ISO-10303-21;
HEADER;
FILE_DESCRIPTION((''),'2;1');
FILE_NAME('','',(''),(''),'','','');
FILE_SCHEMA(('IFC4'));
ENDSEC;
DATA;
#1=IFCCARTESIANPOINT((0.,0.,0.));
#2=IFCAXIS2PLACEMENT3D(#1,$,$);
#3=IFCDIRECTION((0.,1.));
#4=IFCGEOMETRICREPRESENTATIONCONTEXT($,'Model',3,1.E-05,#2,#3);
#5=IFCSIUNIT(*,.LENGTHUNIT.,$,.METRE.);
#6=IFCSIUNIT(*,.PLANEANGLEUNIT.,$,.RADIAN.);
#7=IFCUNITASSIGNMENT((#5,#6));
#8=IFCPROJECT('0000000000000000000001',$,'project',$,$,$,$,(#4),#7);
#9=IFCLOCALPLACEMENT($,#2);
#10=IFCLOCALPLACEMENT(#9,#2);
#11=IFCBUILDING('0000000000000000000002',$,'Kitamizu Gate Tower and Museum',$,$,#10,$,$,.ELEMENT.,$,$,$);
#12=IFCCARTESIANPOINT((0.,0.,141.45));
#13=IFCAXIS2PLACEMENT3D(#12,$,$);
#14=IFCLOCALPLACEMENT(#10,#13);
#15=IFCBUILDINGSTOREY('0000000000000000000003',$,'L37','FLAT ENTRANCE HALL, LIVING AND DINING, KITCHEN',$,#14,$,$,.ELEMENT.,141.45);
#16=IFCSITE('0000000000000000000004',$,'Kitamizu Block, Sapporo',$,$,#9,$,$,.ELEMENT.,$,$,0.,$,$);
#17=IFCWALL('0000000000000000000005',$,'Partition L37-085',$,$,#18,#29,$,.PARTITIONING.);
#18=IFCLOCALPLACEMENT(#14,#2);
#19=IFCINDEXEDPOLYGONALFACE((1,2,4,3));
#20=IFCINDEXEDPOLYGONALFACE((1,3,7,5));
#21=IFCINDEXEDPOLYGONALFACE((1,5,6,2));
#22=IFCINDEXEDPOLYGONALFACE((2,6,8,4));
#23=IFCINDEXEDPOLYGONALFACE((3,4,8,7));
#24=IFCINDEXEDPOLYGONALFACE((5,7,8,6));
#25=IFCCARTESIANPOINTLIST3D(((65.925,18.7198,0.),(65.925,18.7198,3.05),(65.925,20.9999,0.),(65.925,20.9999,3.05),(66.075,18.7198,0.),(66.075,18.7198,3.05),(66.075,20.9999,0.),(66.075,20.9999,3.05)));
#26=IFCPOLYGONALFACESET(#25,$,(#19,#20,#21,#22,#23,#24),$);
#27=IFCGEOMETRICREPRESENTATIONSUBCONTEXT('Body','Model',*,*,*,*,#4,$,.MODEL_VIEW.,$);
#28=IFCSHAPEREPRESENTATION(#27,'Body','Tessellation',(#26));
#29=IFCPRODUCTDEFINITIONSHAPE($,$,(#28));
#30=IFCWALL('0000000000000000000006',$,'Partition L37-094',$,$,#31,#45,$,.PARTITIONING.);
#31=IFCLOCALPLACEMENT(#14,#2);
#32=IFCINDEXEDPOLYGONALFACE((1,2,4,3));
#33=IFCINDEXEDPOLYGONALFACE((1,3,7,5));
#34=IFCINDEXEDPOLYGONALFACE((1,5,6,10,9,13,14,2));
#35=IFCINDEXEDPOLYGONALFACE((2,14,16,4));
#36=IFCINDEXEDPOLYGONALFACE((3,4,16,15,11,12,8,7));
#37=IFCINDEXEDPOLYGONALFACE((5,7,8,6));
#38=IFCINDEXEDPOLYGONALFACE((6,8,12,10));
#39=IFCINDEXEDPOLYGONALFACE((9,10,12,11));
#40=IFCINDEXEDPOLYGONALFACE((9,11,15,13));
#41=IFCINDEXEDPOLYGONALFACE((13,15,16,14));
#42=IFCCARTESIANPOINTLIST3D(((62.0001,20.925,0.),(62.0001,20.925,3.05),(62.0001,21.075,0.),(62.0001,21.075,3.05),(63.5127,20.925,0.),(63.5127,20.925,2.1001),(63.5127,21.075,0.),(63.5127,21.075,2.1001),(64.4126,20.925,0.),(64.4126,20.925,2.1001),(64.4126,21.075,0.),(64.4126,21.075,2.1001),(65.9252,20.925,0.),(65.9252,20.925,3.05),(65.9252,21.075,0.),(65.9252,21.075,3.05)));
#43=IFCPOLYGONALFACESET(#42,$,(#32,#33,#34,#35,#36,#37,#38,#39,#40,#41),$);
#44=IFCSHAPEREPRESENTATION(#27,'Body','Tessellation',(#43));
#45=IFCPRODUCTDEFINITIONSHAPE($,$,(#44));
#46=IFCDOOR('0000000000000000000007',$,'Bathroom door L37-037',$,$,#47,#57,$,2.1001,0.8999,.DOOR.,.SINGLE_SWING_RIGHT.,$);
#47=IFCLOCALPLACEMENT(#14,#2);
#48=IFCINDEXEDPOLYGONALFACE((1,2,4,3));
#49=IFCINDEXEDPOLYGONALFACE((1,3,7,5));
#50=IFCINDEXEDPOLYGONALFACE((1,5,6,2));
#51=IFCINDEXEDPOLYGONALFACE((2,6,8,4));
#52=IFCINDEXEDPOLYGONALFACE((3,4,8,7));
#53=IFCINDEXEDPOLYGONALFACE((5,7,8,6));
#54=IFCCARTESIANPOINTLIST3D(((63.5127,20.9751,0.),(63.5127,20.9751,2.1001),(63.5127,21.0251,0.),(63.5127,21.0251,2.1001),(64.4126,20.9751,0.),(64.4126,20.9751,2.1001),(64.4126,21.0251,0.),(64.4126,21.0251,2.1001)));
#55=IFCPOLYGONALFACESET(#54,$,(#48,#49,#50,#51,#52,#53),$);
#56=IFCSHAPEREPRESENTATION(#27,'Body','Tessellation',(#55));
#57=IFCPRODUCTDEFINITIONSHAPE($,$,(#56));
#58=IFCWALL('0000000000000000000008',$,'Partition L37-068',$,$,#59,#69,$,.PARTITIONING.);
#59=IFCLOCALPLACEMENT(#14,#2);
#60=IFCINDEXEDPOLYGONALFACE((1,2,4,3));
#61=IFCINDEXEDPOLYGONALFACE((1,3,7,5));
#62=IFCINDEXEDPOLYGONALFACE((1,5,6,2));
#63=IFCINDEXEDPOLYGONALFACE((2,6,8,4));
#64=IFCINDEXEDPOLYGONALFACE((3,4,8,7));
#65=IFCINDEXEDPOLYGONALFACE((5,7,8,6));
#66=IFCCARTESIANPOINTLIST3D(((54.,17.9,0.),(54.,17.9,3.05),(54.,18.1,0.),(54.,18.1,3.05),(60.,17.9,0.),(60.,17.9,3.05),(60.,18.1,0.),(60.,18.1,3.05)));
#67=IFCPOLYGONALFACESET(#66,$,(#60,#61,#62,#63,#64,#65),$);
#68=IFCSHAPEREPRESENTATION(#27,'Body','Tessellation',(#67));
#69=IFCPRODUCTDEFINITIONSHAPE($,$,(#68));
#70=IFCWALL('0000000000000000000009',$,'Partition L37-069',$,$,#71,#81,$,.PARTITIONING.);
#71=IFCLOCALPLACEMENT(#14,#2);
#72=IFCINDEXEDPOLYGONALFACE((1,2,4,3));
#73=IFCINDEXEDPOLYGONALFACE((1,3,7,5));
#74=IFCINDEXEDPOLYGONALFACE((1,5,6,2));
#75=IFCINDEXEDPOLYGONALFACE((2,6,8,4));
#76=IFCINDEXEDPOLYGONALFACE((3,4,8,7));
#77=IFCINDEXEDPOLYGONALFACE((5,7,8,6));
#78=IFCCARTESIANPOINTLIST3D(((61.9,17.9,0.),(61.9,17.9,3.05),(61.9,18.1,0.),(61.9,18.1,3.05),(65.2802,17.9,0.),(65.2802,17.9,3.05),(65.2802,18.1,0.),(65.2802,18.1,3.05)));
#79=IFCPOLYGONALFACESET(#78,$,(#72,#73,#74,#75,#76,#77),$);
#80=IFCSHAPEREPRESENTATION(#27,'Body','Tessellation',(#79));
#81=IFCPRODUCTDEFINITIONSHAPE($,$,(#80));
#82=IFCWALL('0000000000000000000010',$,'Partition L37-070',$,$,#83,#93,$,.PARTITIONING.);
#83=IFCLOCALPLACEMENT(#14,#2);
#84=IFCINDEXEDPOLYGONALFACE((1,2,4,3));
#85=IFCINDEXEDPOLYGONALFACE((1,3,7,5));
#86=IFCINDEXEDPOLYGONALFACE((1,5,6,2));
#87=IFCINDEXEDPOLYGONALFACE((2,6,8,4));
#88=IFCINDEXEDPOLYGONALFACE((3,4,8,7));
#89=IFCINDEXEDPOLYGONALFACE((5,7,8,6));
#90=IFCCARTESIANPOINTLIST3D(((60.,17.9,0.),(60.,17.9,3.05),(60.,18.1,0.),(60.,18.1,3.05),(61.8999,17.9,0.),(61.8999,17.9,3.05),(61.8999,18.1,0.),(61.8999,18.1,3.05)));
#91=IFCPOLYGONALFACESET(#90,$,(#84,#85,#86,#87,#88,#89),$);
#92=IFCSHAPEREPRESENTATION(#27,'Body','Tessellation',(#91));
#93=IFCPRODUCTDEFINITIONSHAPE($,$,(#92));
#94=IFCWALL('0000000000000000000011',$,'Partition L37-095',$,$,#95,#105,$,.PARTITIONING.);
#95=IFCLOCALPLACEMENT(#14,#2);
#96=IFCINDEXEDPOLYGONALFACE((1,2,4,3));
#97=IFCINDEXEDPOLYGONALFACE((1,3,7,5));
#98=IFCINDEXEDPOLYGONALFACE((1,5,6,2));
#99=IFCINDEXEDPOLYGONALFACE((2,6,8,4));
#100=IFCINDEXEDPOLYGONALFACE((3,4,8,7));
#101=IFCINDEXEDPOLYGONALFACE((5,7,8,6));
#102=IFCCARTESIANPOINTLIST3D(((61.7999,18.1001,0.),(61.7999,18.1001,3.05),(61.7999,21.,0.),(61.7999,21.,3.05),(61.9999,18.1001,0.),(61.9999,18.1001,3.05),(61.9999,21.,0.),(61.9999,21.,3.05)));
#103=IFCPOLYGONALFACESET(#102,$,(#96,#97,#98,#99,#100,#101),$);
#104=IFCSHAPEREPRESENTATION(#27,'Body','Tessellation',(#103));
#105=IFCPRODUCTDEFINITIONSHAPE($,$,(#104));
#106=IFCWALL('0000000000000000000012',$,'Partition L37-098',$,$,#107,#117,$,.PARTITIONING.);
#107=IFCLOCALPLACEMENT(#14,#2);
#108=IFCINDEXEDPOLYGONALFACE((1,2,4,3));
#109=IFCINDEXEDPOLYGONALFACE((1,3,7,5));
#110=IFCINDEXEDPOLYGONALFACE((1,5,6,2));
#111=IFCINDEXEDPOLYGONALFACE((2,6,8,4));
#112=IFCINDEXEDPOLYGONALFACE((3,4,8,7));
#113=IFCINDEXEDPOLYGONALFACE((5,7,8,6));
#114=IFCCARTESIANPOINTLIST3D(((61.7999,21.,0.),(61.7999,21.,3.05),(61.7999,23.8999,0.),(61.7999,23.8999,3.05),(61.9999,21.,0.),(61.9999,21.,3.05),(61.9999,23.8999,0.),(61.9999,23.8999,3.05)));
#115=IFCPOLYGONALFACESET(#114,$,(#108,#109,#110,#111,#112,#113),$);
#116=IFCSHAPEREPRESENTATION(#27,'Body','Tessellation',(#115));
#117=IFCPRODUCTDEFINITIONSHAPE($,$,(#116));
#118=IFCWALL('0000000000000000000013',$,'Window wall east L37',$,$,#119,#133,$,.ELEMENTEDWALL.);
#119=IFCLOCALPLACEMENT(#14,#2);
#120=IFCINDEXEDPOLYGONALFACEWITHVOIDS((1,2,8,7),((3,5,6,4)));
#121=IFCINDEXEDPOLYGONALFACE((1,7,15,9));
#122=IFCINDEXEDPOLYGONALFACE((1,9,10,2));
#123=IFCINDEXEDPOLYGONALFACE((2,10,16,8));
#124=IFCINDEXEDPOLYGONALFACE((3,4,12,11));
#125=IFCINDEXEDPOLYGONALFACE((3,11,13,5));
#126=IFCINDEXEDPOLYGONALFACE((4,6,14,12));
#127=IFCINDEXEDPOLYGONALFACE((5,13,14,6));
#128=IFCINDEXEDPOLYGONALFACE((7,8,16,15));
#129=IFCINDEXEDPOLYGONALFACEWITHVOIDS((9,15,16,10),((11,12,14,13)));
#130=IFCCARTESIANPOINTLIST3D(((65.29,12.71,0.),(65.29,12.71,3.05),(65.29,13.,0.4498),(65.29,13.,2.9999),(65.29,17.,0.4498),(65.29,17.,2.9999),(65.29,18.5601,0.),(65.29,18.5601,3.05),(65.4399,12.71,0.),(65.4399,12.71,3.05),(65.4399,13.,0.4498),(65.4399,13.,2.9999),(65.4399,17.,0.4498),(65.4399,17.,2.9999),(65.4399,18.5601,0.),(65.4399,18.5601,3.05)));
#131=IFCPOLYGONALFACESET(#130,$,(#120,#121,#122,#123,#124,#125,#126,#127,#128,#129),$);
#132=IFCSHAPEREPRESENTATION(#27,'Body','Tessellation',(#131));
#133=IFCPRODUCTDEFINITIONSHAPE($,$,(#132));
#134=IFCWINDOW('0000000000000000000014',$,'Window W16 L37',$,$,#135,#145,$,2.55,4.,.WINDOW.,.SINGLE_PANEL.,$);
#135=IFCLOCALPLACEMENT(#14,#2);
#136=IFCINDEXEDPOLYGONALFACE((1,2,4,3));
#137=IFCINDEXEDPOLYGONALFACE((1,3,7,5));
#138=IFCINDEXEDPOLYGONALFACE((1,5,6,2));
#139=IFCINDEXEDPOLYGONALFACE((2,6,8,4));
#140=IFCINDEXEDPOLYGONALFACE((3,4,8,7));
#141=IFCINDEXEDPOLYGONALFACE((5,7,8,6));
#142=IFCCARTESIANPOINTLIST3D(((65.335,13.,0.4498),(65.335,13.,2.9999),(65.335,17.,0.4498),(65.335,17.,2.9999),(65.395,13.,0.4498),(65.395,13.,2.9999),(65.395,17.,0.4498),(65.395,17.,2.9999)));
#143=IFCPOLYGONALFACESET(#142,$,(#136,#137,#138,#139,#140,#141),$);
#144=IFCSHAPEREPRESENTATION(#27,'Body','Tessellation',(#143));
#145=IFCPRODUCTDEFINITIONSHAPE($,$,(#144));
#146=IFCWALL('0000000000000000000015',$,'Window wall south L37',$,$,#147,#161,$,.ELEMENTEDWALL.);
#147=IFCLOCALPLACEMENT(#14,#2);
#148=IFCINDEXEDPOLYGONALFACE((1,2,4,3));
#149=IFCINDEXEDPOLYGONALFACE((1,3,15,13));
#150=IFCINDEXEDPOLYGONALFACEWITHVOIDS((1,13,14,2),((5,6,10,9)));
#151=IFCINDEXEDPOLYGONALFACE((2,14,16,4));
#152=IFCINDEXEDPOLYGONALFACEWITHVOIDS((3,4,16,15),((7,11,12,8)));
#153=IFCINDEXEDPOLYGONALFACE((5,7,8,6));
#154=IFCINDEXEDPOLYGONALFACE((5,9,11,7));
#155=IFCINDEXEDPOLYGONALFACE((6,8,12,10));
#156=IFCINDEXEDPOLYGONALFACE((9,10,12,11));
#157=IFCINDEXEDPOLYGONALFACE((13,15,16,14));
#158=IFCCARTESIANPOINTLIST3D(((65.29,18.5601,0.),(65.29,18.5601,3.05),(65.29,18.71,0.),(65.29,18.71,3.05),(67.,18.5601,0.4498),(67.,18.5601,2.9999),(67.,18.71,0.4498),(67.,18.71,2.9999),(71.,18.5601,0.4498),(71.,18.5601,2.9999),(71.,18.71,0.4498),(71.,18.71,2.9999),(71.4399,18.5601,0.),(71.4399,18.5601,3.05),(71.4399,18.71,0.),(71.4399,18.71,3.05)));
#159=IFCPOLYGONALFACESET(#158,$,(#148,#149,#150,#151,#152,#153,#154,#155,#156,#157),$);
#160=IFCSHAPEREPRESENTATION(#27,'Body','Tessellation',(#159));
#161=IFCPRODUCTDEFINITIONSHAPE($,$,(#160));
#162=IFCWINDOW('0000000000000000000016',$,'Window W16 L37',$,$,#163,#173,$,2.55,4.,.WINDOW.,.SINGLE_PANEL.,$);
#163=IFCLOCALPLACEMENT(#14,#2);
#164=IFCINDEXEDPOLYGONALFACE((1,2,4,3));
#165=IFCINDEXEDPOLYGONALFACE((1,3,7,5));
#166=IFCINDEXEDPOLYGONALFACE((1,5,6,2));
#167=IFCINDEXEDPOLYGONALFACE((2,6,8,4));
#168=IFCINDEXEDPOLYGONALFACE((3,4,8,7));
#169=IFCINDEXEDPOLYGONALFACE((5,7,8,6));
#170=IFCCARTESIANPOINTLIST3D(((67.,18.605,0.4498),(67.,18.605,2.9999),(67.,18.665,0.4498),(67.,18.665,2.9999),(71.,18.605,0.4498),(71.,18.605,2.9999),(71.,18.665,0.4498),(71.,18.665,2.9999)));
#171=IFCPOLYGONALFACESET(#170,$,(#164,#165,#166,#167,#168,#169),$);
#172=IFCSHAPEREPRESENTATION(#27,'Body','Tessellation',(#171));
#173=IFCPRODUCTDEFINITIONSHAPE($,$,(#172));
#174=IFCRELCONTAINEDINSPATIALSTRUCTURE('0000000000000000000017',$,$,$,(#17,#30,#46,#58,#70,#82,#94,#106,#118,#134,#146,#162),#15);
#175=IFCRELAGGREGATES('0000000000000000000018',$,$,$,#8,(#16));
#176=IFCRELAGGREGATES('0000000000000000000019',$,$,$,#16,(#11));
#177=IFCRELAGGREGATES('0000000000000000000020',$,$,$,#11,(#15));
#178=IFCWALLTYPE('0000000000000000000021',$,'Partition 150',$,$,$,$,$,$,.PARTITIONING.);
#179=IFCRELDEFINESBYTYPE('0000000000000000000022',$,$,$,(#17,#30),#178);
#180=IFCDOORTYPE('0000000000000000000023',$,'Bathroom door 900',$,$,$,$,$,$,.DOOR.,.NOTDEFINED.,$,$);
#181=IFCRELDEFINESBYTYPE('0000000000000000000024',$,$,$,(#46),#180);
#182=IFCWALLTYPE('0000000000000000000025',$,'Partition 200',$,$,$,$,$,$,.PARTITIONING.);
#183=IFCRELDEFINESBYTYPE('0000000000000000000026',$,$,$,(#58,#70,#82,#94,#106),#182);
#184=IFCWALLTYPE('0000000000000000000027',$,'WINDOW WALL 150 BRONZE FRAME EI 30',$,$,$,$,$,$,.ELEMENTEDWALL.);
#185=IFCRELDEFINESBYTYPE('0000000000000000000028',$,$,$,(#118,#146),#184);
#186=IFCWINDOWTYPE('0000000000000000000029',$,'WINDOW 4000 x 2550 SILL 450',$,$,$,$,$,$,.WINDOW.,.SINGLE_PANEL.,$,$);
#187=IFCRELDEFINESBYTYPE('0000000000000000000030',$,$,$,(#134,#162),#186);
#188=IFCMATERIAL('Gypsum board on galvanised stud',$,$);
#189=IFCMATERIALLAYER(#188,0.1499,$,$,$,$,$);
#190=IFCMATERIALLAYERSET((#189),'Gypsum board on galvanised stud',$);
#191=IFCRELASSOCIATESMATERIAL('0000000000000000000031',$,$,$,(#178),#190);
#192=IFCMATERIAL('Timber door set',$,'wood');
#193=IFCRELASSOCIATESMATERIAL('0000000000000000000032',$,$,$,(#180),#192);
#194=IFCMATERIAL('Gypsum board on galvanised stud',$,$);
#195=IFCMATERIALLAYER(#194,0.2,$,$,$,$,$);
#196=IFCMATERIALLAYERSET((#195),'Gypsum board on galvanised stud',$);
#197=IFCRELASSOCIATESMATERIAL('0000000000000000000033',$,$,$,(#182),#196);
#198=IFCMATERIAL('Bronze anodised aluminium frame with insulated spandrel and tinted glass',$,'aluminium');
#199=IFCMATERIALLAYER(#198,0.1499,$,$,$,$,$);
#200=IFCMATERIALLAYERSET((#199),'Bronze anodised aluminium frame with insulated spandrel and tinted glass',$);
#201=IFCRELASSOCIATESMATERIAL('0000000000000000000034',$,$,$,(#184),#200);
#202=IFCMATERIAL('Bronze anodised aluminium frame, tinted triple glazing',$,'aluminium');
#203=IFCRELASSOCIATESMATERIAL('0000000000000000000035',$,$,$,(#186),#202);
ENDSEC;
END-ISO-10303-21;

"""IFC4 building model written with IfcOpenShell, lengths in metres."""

from ifc_helpers import new_model, si_unit, direction, frame, frame_2d, origin, place, context, subcontext, project, spatial, rectangle, extrude, material, layer, layer_set, type_object, element, fill, save


model = new_model("IFC4")

# Units and contexts
model_context = context("Model", 3, precision=1e-05, world=origin(), true_north=direction((0.0, 1.0)))
body_context = subcontext(model_context, "Body", "Model", "MODEL_VIEW")
ifc_project = project(units=[si_unit("LENGTHUNIT", "METRE"), si_unit("PLANEANGLEUNIT", "RADIAN")], contexts=[model_context])

# Site, building, storey
site_placement = place(None, origin())
site = spatial("IfcSite", under=ifc_project, at=site_placement, Name="Kitamizu Block, Sapporo", CompositionType="ELEMENT", RefElevation=0.0)
building_placement = place(site_placement, origin())
building = spatial("IfcBuilding", under=site, at=building_placement, Name="Kitamizu Gate Tower and Museum", CompositionType="ELEMENT")
storey_placement = place(building_placement, frame((0.0, 0.0, 141.45)))
storey = spatial("IfcBuildingStorey", under=building, at=storey_placement, Name="L37", Description="FLAT ENTRANCE HALL, LIVING AND DINING, KITCHEN", CompositionType="ELEMENT", Elevation=141.45)

# Wall
ifc_material_1 = material(Name="Gypsum board on galvanised stud")
ifc_layer_1 = layer(ifc_material_1, 0.1499)
ifc_layer_set_1 = layer_set([ifc_layer_1], Name="Gypsum board on galvanised stud")
wall_type_1 = type_object("IfcWallType", Name="Partition 150", PredefinedType="PARTITIONING", material=ifc_layer_set_1)
wall_1_placement = place(storey_placement, frame((66.0, 21.0, 0.0), z_axis=(0.0, 0.0, 1.0), x_axis=(0.0, -1.0, 0.0)))
element("IfcWall", 1, at=wall_1_placement, inside=storey, type_object=wall_type_1, Name="Partition L37-085", PredefinedType="PARTITIONING", context=body_context, shape_type="SweptSolid", body=[
    extrude(rectangle(XDim=2.28, YDim=0.1499, at=frame_2d((1.1401, 0.0))), origin(), (0.0, 0.0, 1.0), 3.05),
])

# Wall, opening, door
wall_2_placement = place(storey_placement, frame((65.925, 21.0, 0.0), z_axis=(0.0, 0.0, 1.0), x_axis=(-1.0, 0.0, 0.0)))
wall_2 = element("IfcWall", 2, at=wall_2_placement, inside=storey, type_object=wall_type_1, Name="Partition L37-094", PredefinedType="PARTITIONING", context=body_context, shape_type="SweptSolid", body=[
    extrude(rectangle(XDim=3.925, YDim=0.1499, at=frame_2d((1.9624, 0.0))), origin(), (0.0, 0.0, 1.0), 3.05),
])
opening_1_placement = place(wall_2_placement, frame((1.5125, 0.0, 0.0)))
opening_1 = element("IfcOpeningElement", 3, at=opening_1_placement, cuts=wall_2, PredefinedType="OPENING", context=body_context, shape_type="SweptSolid", body=[
    extrude(rectangle(XDim=0.8999, YDim=2.1001, at=frame_2d((0.45, 1.05))), frame((0.0, 0.085, 0.0), z_axis=(0.0, -1.0, 0.0), x_axis=(1.0, 0.0, 0.0)), (0.0, 0.0, 1.0), 0.1699),
])
ifc_material_2 = material(Name="Timber door set", Category="wood")
door_type_1 = type_object("IfcDoorType", Name="Bathroom door 900", OperationType="NOTDEFINED", PredefinedType="DOOR", material=ifc_material_2)
door_1_placement = place(opening_1_placement, origin())
door_1 = element("IfcDoor", 4, at=door_1_placement, inside=storey, type_object=door_type_1, Name="Bathroom door L37-037", OperationType="SINGLE_SWING_RIGHT", OverallHeight=2.1001, OverallWidth=0.8999, PredefinedType="DOOR", context=body_context, shape_type="SweptSolid", body=[
    extrude(rectangle(XDim=0.8999, YDim=2.1001, at=frame_2d((0.45, 1.05))), frame((0.0, 0.0249, 0.0), z_axis=(0.0, -1.0, 0.0), x_axis=(1.0, 0.0, 0.0)), (0.0, 0.0, 1.0), 0.05),
])
fill(opening_1, door_1)

# Walls
ifc_material_3 = material(Name="Gypsum board on galvanised stud")
ifc_layer_2 = layer(ifc_material_3, 0.2)
ifc_layer_set_2 = layer_set([ifc_layer_2], Name="Gypsum board on galvanised stud")
wall_type_2 = type_object("IfcWallType", Name="Partition 200", PredefinedType="PARTITIONING", material=ifc_layer_set_2)
wall_3_placement = place(storey_placement, frame((60.0, 18.0, 0.0), z_axis=(0.0, 0.0, 1.0), x_axis=(-1.0, 0.0, 0.0)))
element("IfcWall", 5, at=wall_3_placement, inside=storey, type_object=wall_type_2, Name="Partition L37-068", PredefinedType="PARTITIONING", context=body_context, shape_type="SweptSolid", body=[
    extrude(rectangle(XDim=6.0, YDim=0.2, at=frame_2d((3.0, 0.0))), origin(), (0.0, 0.0, 1.0), 3.05),
])
wall_4_placement = place(storey_placement, frame((65.28, 18.0, 0.0), z_axis=(0.0, 0.0, 1.0), x_axis=(-1.0, 0.0, 0.0)))
element("IfcWall", 6, at=wall_4_placement, inside=storey, type_object=wall_type_2, Name="Partition L37-069", PredefinedType="PARTITIONING", context=body_context, shape_type="SweptSolid", body=[
    extrude(rectangle(XDim=3.3801, YDim=0.2, at=frame_2d((1.6899, 0.0))), origin(), (0.0, 0.0, 1.0), 3.05),
])
wall_5_placement = place(storey_placement, frame((61.8999, 18.0, 0.0), z_axis=(0.0, 0.0, 1.0), x_axis=(-1.0, 0.0, 0.0)))
element("IfcWall", 7, at=wall_5_placement, inside=storey, type_object=wall_type_2, Name="Partition L37-070", PredefinedType="PARTITIONING", context=body_context, shape_type="SweptSolid", body=[
    extrude(rectangle(XDim=1.8999, YDim=0.2, at=frame_2d((0.95, 0.0))), origin(), (0.0, 0.0, 1.0), 3.05),
])
for number, where, z_axis, x_axis, name in (
    (8, (61.8999, 21.0, 0.0), (0.0, 0.0, 1.0), (0.0, -1.0, 0.0), "Partition L37-095"),
    (9, (61.8999, 23.8999, 0.0), (0.0, 0.0, 1.0), (0.0, -1.0, 0.0), "Partition L37-098"),
):
    element("IfcWall", number, at=place(storey_placement, frame(where, z_axis=z_axis, x_axis=x_axis)), inside=storey, type_object=wall_type_2, Name=name, PredefinedType="PARTITIONING", context=body_context, shape_type="SweptSolid", body=[
        extrude(rectangle(XDim=2.8999, YDim=0.2, at=frame_2d((1.45, 0.0))), origin(), (0.0, 0.0, 1.0), 3.05),
    ])

# Walls, openings, windows
ifc_material_4 = material(Name="Bronze anodised aluminium frame with insulated spandrel and tinted glass", Category="aluminium")
ifc_layer_3 = layer(ifc_material_4, 0.1499)
ifc_layer_set_3 = layer_set([ifc_layer_3], Name="Bronze anodised aluminium frame with insulated spandrel and tinted glass")
wall_type_3 = type_object("IfcWallType", Name="WINDOW WALL 150 BRONZE FRAME EI 30", PredefinedType="ELEMENTEDWALL", material=ifc_layer_set_3)
wall_6_placement = place(storey_placement, frame((65.365, 12.71, 0.0), z_axis=(0.0, 0.0, 1.0), x_axis=(0.0, 1.0, 0.0)))
wall_6 = element("IfcWall", 10, at=wall_6_placement, inside=storey, type_object=wall_type_3, Name="Window wall east L37", PredefinedType="ELEMENTEDWALL", context=body_context, shape_type="SweptSolid", body=[
    extrude(rectangle(XDim=5.8501, YDim=0.1499, at=frame_2d((2.925, 0.0))), origin(), (0.0, 0.0, 1.0), 3.05),
])
opening_2_placement = place(wall_6_placement, frame((0.29, 0.0, 0.45)))
opening_2 = element("IfcOpeningElement", 11, at=opening_2_placement, cuts=wall_6, PredefinedType="OPENING", context=body_context, shape_type="SweptSolid", body=[
    extrude(rectangle(XDim=4.0, YDim=2.55, at=frame_2d((2.0, 1.2749))), frame((0.0, 0.085, 0.0), z_axis=(0.0, -1.0, 0.0), x_axis=(1.0, 0.0, 0.0)), (0.0, 0.0, 1.0), 0.1699),
])
ifc_material_5 = material(Name="Bronze anodised aluminium frame, tinted triple glazing", Category="aluminium")
window_type_1 = type_object("IfcWindowType", Name="WINDOW 4000 x 2550 SILL 450", PartitioningType="SINGLE_PANEL", PredefinedType="WINDOW", material=ifc_material_5)
window_1_placement = place(opening_2_placement, origin())
window_1 = element("IfcWindow", 12, at=window_1_placement, inside=storey, type_object=window_type_1, Name="Window W16 L37", OverallHeight=2.55, OverallWidth=4.0, PartitioningType="SINGLE_PANEL", PredefinedType="WINDOW", context=body_context, shape_type="SweptSolid", body=[
    extrude(rectangle(XDim=4.0, YDim=2.55, at=frame_2d((2.0, 1.2749))), frame((0.0, 0.03, 0.0), z_axis=(0.0, -1.0, 0.0), x_axis=(1.0, 0.0, 0.0)), (0.0, 0.0, 1.0), 0.0601),
])
fill(opening_2, window_1)
wall_7_placement = place(storey_placement, frame((65.29, 18.635, 0.0), z_axis=(0.0, 0.0, 1.0), x_axis=(1.0, 0.0, 0.0)))
wall_7 = element("IfcWall", 13, at=wall_7_placement, inside=storey, type_object=wall_type_3, Name="Window wall south L37", PredefinedType="ELEMENTEDWALL", context=body_context, shape_type="SweptSolid", body=[
    extrude(rectangle(XDim=6.1499, YDim=0.1499, at=frame_2d((3.075, 0.0))), origin(), (0.0, 0.0, 1.0), 3.05),
])
opening_3_placement = place(wall_7_placement, frame((1.71, 0.0, 0.45)))
opening_3 = element("IfcOpeningElement", 14, at=opening_3_placement, cuts=wall_7, PredefinedType="OPENING", context=body_context, shape_type="SweptSolid", body=[
    extrude(rectangle(XDim=4.0, YDim=2.55, at=frame_2d((2.0, 1.2749))), frame((0.0, 0.085, 0.0), z_axis=(0.0, -1.0, 0.0), x_axis=(1.0, 0.0, 0.0)), (0.0, 0.0, 1.0), 0.1699),
])
window_2_placement = place(opening_3_placement, origin())
window_2 = element("IfcWindow", 15, at=window_2_placement, inside=storey, type_object=window_type_1, Name="Window W16 L37", OverallHeight=2.55, OverallWidth=4.0, PartitioningType="SINGLE_PANEL", PredefinedType="WINDOW", context=body_context, shape_type="SweptSolid", body=[
    extrude(rectangle(XDim=4.0, YDim=2.55, at=frame_2d((2.0, 1.2749))), frame((0.0, 0.03, 0.0), z_axis=(0.0, -1.0, 0.0), x_axis=(1.0, 0.0, 0.0)), (0.0, 0.0, 1.0), 0.0601),
])
fill(opening_3, window_2)

save(model, "model.ifc")
